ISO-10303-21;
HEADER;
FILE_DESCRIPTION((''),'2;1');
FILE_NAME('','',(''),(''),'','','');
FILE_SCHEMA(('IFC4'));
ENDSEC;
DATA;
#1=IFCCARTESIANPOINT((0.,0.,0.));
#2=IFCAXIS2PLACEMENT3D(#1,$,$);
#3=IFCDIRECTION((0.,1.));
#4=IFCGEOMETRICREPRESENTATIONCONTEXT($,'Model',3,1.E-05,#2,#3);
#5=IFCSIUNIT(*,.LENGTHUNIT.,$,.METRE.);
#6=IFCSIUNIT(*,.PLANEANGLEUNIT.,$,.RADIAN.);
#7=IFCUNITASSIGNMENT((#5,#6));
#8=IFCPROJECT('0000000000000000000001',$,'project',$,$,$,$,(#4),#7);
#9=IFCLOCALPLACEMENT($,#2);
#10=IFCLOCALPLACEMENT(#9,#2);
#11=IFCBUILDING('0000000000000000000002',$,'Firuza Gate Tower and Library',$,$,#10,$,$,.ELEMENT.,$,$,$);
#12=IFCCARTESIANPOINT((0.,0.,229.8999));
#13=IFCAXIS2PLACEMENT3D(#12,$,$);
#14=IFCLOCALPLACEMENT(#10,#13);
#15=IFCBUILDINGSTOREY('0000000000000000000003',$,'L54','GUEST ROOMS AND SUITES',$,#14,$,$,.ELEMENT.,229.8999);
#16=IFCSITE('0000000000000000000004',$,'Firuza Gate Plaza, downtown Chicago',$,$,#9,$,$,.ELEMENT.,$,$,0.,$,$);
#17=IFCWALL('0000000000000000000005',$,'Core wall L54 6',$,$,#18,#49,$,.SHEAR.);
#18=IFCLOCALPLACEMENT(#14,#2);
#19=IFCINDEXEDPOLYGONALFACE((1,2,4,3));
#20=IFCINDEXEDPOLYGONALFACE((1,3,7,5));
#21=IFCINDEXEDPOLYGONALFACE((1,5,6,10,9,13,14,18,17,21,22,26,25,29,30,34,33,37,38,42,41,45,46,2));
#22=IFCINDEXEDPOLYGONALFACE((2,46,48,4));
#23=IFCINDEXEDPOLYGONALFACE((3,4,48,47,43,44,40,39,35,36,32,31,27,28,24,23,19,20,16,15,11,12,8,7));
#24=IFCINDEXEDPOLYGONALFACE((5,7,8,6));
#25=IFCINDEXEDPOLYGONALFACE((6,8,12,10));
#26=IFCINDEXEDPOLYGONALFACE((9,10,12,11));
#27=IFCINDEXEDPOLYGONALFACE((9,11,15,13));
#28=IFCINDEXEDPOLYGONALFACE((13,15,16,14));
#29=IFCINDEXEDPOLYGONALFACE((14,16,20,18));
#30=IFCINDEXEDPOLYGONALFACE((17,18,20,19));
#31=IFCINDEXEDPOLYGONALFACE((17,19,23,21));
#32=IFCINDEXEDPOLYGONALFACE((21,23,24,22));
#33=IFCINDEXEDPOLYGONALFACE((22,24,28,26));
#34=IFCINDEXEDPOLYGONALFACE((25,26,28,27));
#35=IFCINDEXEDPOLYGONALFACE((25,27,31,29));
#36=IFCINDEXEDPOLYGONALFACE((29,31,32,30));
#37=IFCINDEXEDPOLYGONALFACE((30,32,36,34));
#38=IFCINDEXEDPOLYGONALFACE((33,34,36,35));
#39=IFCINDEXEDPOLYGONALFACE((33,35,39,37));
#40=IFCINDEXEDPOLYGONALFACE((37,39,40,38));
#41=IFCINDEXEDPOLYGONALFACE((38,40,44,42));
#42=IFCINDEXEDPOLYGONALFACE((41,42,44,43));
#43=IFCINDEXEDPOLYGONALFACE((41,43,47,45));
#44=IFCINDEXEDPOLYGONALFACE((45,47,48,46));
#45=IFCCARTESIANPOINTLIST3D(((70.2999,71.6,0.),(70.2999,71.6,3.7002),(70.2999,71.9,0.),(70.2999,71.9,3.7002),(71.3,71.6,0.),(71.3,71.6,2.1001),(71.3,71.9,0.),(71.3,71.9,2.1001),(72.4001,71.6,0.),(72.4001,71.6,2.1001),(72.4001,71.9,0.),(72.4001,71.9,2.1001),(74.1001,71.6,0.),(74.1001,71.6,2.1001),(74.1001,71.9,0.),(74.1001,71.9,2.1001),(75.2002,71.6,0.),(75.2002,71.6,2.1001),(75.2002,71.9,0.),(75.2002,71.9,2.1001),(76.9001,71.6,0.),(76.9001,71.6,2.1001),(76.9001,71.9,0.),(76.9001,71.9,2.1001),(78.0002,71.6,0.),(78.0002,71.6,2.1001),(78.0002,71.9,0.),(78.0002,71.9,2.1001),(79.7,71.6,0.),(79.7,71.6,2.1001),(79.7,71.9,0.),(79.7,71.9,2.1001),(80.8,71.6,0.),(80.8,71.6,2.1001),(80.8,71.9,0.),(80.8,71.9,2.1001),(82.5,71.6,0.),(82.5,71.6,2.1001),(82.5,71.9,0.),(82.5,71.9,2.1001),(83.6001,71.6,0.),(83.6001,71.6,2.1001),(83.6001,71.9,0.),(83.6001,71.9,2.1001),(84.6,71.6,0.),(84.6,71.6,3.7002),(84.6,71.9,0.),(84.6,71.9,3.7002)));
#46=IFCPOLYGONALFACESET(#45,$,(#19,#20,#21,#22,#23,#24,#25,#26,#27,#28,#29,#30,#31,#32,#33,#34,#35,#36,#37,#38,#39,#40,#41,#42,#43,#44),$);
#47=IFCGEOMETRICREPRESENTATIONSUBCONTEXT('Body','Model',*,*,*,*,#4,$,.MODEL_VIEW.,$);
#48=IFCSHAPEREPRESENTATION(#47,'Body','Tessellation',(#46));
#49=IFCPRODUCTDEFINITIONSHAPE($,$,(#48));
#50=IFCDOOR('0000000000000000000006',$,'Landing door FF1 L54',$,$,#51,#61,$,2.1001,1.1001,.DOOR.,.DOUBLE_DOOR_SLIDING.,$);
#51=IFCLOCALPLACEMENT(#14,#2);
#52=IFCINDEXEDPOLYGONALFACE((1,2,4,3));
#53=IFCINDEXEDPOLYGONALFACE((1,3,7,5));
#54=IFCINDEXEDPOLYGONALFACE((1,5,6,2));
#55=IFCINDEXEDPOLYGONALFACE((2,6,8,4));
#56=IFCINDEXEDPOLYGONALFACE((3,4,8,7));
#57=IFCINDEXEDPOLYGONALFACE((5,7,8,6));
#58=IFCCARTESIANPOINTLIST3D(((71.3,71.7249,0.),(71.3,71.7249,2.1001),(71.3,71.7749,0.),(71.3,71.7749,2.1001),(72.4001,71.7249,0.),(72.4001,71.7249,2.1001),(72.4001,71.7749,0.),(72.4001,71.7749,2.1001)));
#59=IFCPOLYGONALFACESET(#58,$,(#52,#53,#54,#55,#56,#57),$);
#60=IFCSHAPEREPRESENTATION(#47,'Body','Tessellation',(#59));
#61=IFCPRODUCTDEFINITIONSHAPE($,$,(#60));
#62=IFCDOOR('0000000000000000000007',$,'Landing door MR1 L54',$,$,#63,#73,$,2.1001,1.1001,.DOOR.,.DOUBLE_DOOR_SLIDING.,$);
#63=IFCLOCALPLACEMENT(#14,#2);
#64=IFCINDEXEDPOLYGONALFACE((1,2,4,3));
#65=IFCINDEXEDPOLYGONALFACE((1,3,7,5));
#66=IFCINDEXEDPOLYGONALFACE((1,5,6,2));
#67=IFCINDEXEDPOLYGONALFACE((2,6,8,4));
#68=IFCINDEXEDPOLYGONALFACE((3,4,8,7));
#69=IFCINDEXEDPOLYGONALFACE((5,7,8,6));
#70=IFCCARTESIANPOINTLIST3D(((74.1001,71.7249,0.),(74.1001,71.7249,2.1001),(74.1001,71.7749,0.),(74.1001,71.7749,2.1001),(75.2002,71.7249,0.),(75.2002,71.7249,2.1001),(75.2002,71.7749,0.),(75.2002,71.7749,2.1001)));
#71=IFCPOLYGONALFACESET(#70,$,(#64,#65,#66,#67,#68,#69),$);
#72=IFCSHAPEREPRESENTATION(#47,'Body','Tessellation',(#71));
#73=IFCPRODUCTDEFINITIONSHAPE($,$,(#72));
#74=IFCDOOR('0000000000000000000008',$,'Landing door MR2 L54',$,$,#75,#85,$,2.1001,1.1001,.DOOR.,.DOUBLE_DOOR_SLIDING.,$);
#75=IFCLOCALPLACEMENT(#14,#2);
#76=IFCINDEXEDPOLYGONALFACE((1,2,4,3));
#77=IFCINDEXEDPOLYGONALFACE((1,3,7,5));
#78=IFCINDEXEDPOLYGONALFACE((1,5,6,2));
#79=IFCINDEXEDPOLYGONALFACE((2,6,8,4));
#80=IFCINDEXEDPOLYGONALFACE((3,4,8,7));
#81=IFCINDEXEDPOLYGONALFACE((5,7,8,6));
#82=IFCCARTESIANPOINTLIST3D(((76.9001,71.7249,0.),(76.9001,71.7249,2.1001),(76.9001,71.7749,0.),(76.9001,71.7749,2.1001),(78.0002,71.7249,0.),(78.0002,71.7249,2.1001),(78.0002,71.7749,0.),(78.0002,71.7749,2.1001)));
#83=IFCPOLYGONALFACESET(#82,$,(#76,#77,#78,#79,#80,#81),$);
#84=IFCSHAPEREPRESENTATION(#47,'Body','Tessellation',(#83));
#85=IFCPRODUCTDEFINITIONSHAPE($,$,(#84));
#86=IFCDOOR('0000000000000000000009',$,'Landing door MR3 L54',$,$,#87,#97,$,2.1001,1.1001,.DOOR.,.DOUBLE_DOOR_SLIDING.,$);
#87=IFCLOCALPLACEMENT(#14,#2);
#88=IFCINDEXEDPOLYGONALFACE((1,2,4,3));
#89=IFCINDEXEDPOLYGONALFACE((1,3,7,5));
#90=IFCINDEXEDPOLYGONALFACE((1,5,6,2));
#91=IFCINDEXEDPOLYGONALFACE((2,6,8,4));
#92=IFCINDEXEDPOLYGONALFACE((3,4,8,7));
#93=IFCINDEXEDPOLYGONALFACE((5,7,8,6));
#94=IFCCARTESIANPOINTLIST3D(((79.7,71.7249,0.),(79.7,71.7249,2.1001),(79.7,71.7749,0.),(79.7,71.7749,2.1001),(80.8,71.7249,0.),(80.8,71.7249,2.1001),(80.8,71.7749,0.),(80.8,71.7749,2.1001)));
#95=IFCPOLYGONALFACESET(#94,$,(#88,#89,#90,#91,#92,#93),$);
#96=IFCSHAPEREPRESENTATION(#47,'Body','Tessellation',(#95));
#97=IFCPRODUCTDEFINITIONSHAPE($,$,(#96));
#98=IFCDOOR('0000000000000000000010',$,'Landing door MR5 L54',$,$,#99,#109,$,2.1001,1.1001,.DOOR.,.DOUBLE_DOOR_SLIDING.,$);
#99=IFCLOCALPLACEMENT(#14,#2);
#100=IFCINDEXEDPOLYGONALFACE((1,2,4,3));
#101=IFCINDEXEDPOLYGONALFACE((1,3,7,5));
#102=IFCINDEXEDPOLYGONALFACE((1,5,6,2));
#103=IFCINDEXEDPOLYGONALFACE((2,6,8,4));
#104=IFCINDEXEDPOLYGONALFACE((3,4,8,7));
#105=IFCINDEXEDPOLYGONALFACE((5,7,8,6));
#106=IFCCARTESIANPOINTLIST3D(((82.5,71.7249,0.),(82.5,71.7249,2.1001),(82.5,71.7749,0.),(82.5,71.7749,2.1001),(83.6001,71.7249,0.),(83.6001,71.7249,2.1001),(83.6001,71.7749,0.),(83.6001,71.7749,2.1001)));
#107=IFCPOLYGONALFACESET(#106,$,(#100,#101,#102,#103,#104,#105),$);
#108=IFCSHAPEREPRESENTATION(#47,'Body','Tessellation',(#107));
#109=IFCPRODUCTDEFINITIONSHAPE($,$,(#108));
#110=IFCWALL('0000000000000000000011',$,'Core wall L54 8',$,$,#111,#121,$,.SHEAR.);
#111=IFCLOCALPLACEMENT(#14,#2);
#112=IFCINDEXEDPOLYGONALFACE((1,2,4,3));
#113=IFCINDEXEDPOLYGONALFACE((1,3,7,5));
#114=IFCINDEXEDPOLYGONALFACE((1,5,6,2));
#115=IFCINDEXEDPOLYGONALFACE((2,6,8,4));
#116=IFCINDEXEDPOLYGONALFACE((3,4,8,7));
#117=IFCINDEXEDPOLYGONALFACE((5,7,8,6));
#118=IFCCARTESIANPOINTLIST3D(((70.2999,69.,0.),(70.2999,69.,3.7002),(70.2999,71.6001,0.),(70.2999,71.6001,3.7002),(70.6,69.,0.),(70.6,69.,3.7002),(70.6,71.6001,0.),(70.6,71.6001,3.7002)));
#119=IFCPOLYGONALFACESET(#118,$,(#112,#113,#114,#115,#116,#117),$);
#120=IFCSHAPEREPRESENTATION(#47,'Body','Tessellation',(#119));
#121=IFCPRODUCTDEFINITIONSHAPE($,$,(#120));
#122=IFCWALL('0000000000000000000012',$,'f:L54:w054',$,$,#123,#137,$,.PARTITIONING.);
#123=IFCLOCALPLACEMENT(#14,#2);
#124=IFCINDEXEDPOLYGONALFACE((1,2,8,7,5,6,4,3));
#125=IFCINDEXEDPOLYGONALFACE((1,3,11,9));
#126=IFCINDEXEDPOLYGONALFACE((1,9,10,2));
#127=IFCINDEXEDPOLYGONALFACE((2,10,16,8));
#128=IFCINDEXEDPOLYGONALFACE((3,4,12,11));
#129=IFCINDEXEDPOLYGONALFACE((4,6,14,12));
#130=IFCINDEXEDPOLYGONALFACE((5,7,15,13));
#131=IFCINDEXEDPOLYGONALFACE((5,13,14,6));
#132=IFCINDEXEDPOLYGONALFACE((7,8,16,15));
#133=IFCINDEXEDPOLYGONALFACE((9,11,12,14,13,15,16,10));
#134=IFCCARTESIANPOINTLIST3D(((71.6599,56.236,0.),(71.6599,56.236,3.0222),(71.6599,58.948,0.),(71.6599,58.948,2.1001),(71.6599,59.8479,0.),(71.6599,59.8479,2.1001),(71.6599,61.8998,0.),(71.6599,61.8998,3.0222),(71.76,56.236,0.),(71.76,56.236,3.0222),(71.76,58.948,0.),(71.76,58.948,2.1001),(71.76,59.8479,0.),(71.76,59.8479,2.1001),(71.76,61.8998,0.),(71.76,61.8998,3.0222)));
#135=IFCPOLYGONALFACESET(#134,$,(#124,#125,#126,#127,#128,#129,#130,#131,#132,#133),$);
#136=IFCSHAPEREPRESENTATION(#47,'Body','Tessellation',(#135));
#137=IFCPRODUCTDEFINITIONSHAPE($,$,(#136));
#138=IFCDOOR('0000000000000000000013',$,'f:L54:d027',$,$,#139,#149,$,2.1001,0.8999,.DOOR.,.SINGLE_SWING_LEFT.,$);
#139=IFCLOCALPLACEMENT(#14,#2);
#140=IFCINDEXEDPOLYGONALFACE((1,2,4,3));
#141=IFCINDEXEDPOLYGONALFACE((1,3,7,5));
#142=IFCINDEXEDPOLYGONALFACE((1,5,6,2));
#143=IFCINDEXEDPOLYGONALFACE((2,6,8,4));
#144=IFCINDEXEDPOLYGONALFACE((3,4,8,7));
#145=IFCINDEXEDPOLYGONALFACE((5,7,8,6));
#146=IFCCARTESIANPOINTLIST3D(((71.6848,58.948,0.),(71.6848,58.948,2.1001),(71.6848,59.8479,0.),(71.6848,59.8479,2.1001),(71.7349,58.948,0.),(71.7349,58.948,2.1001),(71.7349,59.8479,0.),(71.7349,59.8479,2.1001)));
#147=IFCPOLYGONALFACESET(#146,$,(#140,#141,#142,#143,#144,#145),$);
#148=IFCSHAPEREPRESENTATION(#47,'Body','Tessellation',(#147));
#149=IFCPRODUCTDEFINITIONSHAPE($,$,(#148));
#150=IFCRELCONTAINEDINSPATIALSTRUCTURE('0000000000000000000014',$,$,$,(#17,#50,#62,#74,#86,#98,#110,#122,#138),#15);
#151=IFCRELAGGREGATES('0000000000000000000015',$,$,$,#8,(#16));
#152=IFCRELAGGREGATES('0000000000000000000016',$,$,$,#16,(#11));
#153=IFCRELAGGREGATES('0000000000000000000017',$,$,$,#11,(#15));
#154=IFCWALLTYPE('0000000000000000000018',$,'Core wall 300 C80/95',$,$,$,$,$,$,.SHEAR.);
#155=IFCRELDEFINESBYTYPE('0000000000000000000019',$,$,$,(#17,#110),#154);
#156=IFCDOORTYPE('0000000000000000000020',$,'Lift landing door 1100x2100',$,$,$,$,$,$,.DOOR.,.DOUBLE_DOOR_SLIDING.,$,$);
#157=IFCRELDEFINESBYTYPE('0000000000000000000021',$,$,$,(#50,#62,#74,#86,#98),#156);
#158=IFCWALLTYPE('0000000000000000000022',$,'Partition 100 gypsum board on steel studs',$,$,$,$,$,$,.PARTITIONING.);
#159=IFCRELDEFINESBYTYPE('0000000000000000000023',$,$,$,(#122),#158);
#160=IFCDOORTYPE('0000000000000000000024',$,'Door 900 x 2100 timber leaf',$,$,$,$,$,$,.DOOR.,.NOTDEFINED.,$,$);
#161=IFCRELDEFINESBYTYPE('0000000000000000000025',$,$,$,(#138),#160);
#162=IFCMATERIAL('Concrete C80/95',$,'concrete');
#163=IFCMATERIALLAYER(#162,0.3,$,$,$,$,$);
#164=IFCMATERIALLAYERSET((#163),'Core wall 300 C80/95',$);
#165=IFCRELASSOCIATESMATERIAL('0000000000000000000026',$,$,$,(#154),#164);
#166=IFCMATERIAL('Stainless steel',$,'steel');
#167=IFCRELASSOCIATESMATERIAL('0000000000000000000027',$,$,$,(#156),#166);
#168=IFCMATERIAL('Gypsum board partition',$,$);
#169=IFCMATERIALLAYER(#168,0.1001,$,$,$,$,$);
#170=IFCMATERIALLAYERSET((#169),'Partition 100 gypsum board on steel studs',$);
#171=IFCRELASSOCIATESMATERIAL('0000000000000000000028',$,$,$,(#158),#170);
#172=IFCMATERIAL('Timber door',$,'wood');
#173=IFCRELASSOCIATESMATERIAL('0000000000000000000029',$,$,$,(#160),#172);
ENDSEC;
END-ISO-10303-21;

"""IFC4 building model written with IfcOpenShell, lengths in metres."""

from ifc_helpers import new_model, si_unit, direction, frame, frame_2d, origin, place, context, subcontext, project, spatial, rectangle, extrude, material, layer, layer_set, type_object, element, fill, save


model = new_model("IFC4")

# Units and contexts
model_context = context("Model", 3, precision=1e-05, world=origin(), true_north=direction((0.0, 1.0)))
body_context = subcontext(model_context, "Body", "Model", "MODEL_VIEW")
ifc_project = project(units=[si_unit("LENGTHUNIT", "METRE"), si_unit("PLANEANGLEUNIT", "RADIAN")], contexts=[model_context])

# Site, building, storey
site_placement = place(None, origin())
site = spatial("IfcSite", under=ifc_project, at=site_placement, Name="Firuza Gate Plaza, downtown Chicago", CompositionType="ELEMENT", RefElevation=0.0)
building_placement = place(site_placement, origin())
building = spatial("IfcBuilding", under=site, at=building_placement, Name="Firuza Gate Tower and Library", CompositionType="ELEMENT")
storey_placement = place(building_placement, frame((0.0, 0.0, 229.8999)))
storey = spatial("IfcBuildingStorey", under=building, at=storey_placement, Name="L54", Description="GUEST ROOMS AND SUITES", CompositionType="ELEMENT", Elevation=229.8999)

# Shared definitions
ifc_material_1 = material(Name="Concrete C80/95", Category="concrete")
ifc_layer_1 = layer(ifc_material_1, 0.3)
ifc_layer_set_1 = layer_set([ifc_layer_1], Name="Core wall 300 C80/95")
wall_type_1 = type_object("IfcWallType", Name="Core wall 300 C80/95", PredefinedType="SHEAR", material=ifc_layer_set_1)

# Wall, openings, doors
wall_1_placement = place(storey_placement, frame((70.3, 71.75, 0.0), z_axis=(0.0, 0.0, 1.0), x_axis=(1.0, 0.0, 0.0)))
wall_1 = element("IfcWall", 1, at=wall_1_placement, inside=storey, type_object=wall_type_1, Name="Core wall L54 6", PredefinedType="SHEAR", context=body_context, shape_type="SweptSolid", body=[
    extrude(rectangle(XDim=14.3, YDim=0.3, at=frame_2d((7.1499, 0.0))), origin(), (0.0, 0.0, 1.0), 3.7002),
])
opening_1_placement = place(wall_1_placement, frame((1.0, 0.0, 0.0)))
opening_1 = element("IfcOpeningElement", 2, at=opening_1_placement, cuts=wall_1, PredefinedType="OPENING", context=body_context, shape_type="SweptSolid", body=[
    extrude(rectangle(XDim=1.1001, YDim=2.1001, at=frame_2d((0.55, 1.05))), frame((0.0, 0.1602, 0.0), z_axis=(0.0, -1.0, 0.0), x_axis=(1.0, 0.0, 0.0)), (0.0, 0.0, 1.0), 0.3201),
])
opening_2_placement = place(wall_1_placement, frame((3.8, 0.0, 0.0)))
opening_2 = element("IfcOpeningElement", 3, at=opening_2_placement, cuts=wall_1, PredefinedType="OPENING", context=body_context, shape_type="SweptSolid", body=[
    extrude(rectangle(XDim=1.1001, YDim=2.1001, at=frame_2d((0.55, 1.05))), frame((0.0, 0.1602, 0.0), z_axis=(0.0, -1.0, 0.0), x_axis=(1.0, 0.0, 0.0)), (0.0, 0.0, 1.0), 0.3201),
])
opening_3_placement = place(wall_1_placement, frame((6.6001, 0.0, 0.0)))
opening_3 = element("IfcOpeningElement", 4, at=opening_3_placement, cuts=wall_1, PredefinedType="OPENING", context=body_context, shape_type="SweptSolid", body=[
    extrude(rectangle(XDim=1.1001, YDim=2.1001, at=frame_2d((0.55, 1.05))), frame((0.0, 0.1602, 0.0), z_axis=(0.0, -1.0, 0.0), x_axis=(1.0, 0.0, 0.0)), (0.0, 0.0, 1.0), 0.3201),
])
opening_4_placement = place(wall_1_placement, frame((9.3999, 0.0, 0.0)))
opening_4 = element("IfcOpeningElement", 5, at=opening_4_placement, cuts=wall_1, PredefinedType="OPENING", context=body_context, shape_type="SweptSolid", body=[
    extrude(rectangle(XDim=1.1001, YDim=2.1001, at=frame_2d((0.55, 1.05))), frame((0.0, 0.1602, 0.0), z_axis=(0.0, -1.0, 0.0), x_axis=(1.0, 0.0, 0.0)), (0.0, 0.0, 1.0), 0.3201),
])
opening_5_placement = place(wall_1_placement, frame((12.2, 0.0, 0.0)))
opening_5 = element("IfcOpeningElement", 6, at=opening_5_placement, cuts=wall_1, PredefinedType="OPENING", context=body_context, shape_type="SweptSolid", body=[
    extrude(rectangle(XDim=1.1001, YDim=2.1001, at=frame_2d((0.55, 1.05))), frame((0.0, 0.1602, 0.0), z_axis=(0.0, -1.0, 0.0), x_axis=(1.0, 0.0, 0.0)), (0.0, 0.0, 1.0), 0.3201),
])
ifc_material_2 = material(Name="Stainless steel", Category="steel")
door_type_1 = type_object("IfcDoorType", Name="Lift landing door 1100x2100", OperationType="DOUBLE_DOOR_SLIDING", PredefinedType="DOOR", material=ifc_material_2)
door_1_placement = place(opening_1_placement, origin())
door_1 = element("IfcDoor", 7, at=door_1_placement, inside=storey, type_object=door_type_1, Name="Landing door FF1 L54", OperationType="DOUBLE_DOOR_SLIDING", OverallHeight=2.1001, OverallWidth=1.1001, PredefinedType="DOOR", context=body_context, shape_type="SweptSolid", body=[
    extrude(rectangle(XDim=1.1001, YDim=2.1001, at=frame_2d((0.55, 1.05))), frame((0.0, 0.0249, 0.0), z_axis=(0.0, -1.0, 0.0), x_axis=(1.0, 0.0, 0.0)), (0.0, 0.0, 1.0), 0.05),
])
fill(opening_1, door_1)
door_2_placement = place(opening_2_placement, origin())
door_2 = element("IfcDoor", 8, at=door_2_placement, inside=storey, type_object=door_type_1, Name="Landing door MR1 L54", OperationType="DOUBLE_DOOR_SLIDING", OverallHeight=2.1001, OverallWidth=1.1001, PredefinedType="DOOR", context=body_context, shape_type="SweptSolid", body=[
    extrude(rectangle(XDim=1.1001, YDim=2.1001, at=frame_2d((0.55, 1.05))), frame((0.0, 0.0249, 0.0), z_axis=(0.0, -1.0, 0.0), x_axis=(1.0, 0.0, 0.0)), (0.0, 0.0, 1.0), 0.05),
])
fill(opening_2, door_2)
door_3_placement = place(opening_3_placement, origin())
door_3 = element("IfcDoor", 9, at=door_3_placement, inside=storey, type_object=door_type_1, Name="Landing door MR2 L54", OperationType="DOUBLE_DOOR_SLIDING", OverallHeight=2.1001, OverallWidth=1.1001, PredefinedType="DOOR", context=body_context, shape_type="SweptSolid", body=[
    extrude(rectangle(XDim=1.1001, YDim=2.1001, at=frame_2d((0.55, 1.05))), frame((0.0, 0.0249, 0.0), z_axis=(0.0, -1.0, 0.0), x_axis=(1.0, 0.0, 0.0)), (0.0, 0.0, 1.0), 0.05),
])
fill(opening_3, door_3)
door_4_placement = place(opening_4_placement, origin())
door_4 = element("IfcDoor", 10, at=door_4_placement, inside=storey, type_object=door_type_1, Name="Landing door MR3 L54", OperationType="DOUBLE_DOOR_SLIDING", OverallHeight=2.1001, OverallWidth=1.1001, PredefinedType="DOOR", context=body_context, shape_type="SweptSolid", body=[
    extrude(rectangle(XDim=1.1001, YDim=2.1001, at=frame_2d((0.55, 1.05))), frame((0.0, 0.0249, 0.0), z_axis=(0.0, -1.0, 0.0), x_axis=(1.0, 0.0, 0.0)), (0.0, 0.0, 1.0), 0.05),
])
fill(opening_4, door_4)
door_5_placement = place(opening_5_placement, origin())
door_5 = element("IfcDoor", 11, at=door_5_placement, inside=storey, type_object=door_type_1, Name="Landing door MR5 L54", OperationType="DOUBLE_DOOR_SLIDING", OverallHeight=2.1001, OverallWidth=1.1001, PredefinedType="DOOR", context=body_context, shape_type="SweptSolid", body=[
    extrude(rectangle(XDim=1.1001, YDim=2.1001, at=frame_2d((0.55, 1.05))), frame((0.0, 0.0249, 0.0), z_axis=(0.0, -1.0, 0.0), x_axis=(1.0, 0.0, 0.0)), (0.0, 0.0, 1.0), 0.05),
])
fill(opening_5, door_5)

# Wall
wall_2_placement = place(storey_placement, frame((70.45, 69.0, 0.0), z_axis=(0.0, 0.0, 1.0), x_axis=(0.0, 1.0, 0.0)))
element("IfcWall", 12, at=wall_2_placement, inside=storey, type_object=wall_type_1, Name="Core wall L54 8", PredefinedType="SHEAR", context=body_context, shape_type="SweptSolid", body=[
    extrude(rectangle(XDim=2.6001, YDim=0.3, at=frame_2d((1.3, 0.0))), origin(), (0.0, 0.0, 1.0), 3.7002),
])

# Wall, opening, door
ifc_material_3 = material(Name="Gypsum board partition")
ifc_layer_2 = layer(ifc_material_3, 0.1001)
ifc_layer_set_2 = layer_set([ifc_layer_2], Name="Partition 100 gypsum board on steel studs")
wall_type_2 = type_object("IfcWallType", Name="Partition 100 gypsum board on steel studs", PredefinedType="PARTITIONING", material=ifc_layer_set_2)
wall_3_placement = place(storey_placement, frame((71.71, 61.8999, 0.0), z_axis=(0.0, 0.0, 1.0), x_axis=(0.0, -1.0, 0.0)))
wall_3 = element("IfcWall", 13, at=wall_3_placement, inside=storey, type_object=wall_type_2, Name="f:L54:w054", PredefinedType="PARTITIONING", context=body_context, shape_type="SweptSolid", body=[
    extrude(rectangle(XDim=5.6638, YDim=0.1001, at=frame_2d((2.832, 0.0))), origin(), (0.0, 0.0, 1.0), 3.0222),
])
opening_6_placement = place(wall_3_placement, frame((2.052, 0.0, 0.0)))
opening_6 = element("IfcOpeningElement", 14, at=opening_6_placement, cuts=wall_3, PredefinedType="OPENING", context=body_context, shape_type="SweptSolid", body=[
    extrude(rectangle(XDim=0.8999, YDim=2.1001, at=frame_2d((0.45, 1.05))), frame((0.0, 0.0601, 0.0), z_axis=(0.0, -1.0, 0.0), x_axis=(1.0, 0.0, 0.0)), (0.0, 0.0, 1.0), 0.1201),
])
ifc_material_4 = material(Name="Timber door", Category="wood")
door_type_2 = type_object("IfcDoorType", Name="Door 900 x 2100 timber leaf", OperationType="NOTDEFINED", PredefinedType="DOOR", material=ifc_material_4)
door_6_placement = place(opening_6_placement, origin())
door_6 = element("IfcDoor", 15, at=door_6_placement, inside=storey, type_object=door_type_2, Name="f:L54:d027", OperationType="SINGLE_SWING_LEFT", OverallHeight=2.1001, OverallWidth=0.8999, PredefinedType="DOOR", context=body_context, shape_type="SweptSolid", body=[
    extrude(rectangle(XDim=0.8999, YDim=2.1001, at=frame_2d((0.45, 1.05))), frame((0.0, 0.0249, 0.0), z_axis=(0.0, -1.0, 0.0), x_axis=(1.0, 0.0, 0.0)), (0.0, 0.0, 1.0), 0.05),
])
fill(opening_6, door_6)

save(model, "model.ifc")
